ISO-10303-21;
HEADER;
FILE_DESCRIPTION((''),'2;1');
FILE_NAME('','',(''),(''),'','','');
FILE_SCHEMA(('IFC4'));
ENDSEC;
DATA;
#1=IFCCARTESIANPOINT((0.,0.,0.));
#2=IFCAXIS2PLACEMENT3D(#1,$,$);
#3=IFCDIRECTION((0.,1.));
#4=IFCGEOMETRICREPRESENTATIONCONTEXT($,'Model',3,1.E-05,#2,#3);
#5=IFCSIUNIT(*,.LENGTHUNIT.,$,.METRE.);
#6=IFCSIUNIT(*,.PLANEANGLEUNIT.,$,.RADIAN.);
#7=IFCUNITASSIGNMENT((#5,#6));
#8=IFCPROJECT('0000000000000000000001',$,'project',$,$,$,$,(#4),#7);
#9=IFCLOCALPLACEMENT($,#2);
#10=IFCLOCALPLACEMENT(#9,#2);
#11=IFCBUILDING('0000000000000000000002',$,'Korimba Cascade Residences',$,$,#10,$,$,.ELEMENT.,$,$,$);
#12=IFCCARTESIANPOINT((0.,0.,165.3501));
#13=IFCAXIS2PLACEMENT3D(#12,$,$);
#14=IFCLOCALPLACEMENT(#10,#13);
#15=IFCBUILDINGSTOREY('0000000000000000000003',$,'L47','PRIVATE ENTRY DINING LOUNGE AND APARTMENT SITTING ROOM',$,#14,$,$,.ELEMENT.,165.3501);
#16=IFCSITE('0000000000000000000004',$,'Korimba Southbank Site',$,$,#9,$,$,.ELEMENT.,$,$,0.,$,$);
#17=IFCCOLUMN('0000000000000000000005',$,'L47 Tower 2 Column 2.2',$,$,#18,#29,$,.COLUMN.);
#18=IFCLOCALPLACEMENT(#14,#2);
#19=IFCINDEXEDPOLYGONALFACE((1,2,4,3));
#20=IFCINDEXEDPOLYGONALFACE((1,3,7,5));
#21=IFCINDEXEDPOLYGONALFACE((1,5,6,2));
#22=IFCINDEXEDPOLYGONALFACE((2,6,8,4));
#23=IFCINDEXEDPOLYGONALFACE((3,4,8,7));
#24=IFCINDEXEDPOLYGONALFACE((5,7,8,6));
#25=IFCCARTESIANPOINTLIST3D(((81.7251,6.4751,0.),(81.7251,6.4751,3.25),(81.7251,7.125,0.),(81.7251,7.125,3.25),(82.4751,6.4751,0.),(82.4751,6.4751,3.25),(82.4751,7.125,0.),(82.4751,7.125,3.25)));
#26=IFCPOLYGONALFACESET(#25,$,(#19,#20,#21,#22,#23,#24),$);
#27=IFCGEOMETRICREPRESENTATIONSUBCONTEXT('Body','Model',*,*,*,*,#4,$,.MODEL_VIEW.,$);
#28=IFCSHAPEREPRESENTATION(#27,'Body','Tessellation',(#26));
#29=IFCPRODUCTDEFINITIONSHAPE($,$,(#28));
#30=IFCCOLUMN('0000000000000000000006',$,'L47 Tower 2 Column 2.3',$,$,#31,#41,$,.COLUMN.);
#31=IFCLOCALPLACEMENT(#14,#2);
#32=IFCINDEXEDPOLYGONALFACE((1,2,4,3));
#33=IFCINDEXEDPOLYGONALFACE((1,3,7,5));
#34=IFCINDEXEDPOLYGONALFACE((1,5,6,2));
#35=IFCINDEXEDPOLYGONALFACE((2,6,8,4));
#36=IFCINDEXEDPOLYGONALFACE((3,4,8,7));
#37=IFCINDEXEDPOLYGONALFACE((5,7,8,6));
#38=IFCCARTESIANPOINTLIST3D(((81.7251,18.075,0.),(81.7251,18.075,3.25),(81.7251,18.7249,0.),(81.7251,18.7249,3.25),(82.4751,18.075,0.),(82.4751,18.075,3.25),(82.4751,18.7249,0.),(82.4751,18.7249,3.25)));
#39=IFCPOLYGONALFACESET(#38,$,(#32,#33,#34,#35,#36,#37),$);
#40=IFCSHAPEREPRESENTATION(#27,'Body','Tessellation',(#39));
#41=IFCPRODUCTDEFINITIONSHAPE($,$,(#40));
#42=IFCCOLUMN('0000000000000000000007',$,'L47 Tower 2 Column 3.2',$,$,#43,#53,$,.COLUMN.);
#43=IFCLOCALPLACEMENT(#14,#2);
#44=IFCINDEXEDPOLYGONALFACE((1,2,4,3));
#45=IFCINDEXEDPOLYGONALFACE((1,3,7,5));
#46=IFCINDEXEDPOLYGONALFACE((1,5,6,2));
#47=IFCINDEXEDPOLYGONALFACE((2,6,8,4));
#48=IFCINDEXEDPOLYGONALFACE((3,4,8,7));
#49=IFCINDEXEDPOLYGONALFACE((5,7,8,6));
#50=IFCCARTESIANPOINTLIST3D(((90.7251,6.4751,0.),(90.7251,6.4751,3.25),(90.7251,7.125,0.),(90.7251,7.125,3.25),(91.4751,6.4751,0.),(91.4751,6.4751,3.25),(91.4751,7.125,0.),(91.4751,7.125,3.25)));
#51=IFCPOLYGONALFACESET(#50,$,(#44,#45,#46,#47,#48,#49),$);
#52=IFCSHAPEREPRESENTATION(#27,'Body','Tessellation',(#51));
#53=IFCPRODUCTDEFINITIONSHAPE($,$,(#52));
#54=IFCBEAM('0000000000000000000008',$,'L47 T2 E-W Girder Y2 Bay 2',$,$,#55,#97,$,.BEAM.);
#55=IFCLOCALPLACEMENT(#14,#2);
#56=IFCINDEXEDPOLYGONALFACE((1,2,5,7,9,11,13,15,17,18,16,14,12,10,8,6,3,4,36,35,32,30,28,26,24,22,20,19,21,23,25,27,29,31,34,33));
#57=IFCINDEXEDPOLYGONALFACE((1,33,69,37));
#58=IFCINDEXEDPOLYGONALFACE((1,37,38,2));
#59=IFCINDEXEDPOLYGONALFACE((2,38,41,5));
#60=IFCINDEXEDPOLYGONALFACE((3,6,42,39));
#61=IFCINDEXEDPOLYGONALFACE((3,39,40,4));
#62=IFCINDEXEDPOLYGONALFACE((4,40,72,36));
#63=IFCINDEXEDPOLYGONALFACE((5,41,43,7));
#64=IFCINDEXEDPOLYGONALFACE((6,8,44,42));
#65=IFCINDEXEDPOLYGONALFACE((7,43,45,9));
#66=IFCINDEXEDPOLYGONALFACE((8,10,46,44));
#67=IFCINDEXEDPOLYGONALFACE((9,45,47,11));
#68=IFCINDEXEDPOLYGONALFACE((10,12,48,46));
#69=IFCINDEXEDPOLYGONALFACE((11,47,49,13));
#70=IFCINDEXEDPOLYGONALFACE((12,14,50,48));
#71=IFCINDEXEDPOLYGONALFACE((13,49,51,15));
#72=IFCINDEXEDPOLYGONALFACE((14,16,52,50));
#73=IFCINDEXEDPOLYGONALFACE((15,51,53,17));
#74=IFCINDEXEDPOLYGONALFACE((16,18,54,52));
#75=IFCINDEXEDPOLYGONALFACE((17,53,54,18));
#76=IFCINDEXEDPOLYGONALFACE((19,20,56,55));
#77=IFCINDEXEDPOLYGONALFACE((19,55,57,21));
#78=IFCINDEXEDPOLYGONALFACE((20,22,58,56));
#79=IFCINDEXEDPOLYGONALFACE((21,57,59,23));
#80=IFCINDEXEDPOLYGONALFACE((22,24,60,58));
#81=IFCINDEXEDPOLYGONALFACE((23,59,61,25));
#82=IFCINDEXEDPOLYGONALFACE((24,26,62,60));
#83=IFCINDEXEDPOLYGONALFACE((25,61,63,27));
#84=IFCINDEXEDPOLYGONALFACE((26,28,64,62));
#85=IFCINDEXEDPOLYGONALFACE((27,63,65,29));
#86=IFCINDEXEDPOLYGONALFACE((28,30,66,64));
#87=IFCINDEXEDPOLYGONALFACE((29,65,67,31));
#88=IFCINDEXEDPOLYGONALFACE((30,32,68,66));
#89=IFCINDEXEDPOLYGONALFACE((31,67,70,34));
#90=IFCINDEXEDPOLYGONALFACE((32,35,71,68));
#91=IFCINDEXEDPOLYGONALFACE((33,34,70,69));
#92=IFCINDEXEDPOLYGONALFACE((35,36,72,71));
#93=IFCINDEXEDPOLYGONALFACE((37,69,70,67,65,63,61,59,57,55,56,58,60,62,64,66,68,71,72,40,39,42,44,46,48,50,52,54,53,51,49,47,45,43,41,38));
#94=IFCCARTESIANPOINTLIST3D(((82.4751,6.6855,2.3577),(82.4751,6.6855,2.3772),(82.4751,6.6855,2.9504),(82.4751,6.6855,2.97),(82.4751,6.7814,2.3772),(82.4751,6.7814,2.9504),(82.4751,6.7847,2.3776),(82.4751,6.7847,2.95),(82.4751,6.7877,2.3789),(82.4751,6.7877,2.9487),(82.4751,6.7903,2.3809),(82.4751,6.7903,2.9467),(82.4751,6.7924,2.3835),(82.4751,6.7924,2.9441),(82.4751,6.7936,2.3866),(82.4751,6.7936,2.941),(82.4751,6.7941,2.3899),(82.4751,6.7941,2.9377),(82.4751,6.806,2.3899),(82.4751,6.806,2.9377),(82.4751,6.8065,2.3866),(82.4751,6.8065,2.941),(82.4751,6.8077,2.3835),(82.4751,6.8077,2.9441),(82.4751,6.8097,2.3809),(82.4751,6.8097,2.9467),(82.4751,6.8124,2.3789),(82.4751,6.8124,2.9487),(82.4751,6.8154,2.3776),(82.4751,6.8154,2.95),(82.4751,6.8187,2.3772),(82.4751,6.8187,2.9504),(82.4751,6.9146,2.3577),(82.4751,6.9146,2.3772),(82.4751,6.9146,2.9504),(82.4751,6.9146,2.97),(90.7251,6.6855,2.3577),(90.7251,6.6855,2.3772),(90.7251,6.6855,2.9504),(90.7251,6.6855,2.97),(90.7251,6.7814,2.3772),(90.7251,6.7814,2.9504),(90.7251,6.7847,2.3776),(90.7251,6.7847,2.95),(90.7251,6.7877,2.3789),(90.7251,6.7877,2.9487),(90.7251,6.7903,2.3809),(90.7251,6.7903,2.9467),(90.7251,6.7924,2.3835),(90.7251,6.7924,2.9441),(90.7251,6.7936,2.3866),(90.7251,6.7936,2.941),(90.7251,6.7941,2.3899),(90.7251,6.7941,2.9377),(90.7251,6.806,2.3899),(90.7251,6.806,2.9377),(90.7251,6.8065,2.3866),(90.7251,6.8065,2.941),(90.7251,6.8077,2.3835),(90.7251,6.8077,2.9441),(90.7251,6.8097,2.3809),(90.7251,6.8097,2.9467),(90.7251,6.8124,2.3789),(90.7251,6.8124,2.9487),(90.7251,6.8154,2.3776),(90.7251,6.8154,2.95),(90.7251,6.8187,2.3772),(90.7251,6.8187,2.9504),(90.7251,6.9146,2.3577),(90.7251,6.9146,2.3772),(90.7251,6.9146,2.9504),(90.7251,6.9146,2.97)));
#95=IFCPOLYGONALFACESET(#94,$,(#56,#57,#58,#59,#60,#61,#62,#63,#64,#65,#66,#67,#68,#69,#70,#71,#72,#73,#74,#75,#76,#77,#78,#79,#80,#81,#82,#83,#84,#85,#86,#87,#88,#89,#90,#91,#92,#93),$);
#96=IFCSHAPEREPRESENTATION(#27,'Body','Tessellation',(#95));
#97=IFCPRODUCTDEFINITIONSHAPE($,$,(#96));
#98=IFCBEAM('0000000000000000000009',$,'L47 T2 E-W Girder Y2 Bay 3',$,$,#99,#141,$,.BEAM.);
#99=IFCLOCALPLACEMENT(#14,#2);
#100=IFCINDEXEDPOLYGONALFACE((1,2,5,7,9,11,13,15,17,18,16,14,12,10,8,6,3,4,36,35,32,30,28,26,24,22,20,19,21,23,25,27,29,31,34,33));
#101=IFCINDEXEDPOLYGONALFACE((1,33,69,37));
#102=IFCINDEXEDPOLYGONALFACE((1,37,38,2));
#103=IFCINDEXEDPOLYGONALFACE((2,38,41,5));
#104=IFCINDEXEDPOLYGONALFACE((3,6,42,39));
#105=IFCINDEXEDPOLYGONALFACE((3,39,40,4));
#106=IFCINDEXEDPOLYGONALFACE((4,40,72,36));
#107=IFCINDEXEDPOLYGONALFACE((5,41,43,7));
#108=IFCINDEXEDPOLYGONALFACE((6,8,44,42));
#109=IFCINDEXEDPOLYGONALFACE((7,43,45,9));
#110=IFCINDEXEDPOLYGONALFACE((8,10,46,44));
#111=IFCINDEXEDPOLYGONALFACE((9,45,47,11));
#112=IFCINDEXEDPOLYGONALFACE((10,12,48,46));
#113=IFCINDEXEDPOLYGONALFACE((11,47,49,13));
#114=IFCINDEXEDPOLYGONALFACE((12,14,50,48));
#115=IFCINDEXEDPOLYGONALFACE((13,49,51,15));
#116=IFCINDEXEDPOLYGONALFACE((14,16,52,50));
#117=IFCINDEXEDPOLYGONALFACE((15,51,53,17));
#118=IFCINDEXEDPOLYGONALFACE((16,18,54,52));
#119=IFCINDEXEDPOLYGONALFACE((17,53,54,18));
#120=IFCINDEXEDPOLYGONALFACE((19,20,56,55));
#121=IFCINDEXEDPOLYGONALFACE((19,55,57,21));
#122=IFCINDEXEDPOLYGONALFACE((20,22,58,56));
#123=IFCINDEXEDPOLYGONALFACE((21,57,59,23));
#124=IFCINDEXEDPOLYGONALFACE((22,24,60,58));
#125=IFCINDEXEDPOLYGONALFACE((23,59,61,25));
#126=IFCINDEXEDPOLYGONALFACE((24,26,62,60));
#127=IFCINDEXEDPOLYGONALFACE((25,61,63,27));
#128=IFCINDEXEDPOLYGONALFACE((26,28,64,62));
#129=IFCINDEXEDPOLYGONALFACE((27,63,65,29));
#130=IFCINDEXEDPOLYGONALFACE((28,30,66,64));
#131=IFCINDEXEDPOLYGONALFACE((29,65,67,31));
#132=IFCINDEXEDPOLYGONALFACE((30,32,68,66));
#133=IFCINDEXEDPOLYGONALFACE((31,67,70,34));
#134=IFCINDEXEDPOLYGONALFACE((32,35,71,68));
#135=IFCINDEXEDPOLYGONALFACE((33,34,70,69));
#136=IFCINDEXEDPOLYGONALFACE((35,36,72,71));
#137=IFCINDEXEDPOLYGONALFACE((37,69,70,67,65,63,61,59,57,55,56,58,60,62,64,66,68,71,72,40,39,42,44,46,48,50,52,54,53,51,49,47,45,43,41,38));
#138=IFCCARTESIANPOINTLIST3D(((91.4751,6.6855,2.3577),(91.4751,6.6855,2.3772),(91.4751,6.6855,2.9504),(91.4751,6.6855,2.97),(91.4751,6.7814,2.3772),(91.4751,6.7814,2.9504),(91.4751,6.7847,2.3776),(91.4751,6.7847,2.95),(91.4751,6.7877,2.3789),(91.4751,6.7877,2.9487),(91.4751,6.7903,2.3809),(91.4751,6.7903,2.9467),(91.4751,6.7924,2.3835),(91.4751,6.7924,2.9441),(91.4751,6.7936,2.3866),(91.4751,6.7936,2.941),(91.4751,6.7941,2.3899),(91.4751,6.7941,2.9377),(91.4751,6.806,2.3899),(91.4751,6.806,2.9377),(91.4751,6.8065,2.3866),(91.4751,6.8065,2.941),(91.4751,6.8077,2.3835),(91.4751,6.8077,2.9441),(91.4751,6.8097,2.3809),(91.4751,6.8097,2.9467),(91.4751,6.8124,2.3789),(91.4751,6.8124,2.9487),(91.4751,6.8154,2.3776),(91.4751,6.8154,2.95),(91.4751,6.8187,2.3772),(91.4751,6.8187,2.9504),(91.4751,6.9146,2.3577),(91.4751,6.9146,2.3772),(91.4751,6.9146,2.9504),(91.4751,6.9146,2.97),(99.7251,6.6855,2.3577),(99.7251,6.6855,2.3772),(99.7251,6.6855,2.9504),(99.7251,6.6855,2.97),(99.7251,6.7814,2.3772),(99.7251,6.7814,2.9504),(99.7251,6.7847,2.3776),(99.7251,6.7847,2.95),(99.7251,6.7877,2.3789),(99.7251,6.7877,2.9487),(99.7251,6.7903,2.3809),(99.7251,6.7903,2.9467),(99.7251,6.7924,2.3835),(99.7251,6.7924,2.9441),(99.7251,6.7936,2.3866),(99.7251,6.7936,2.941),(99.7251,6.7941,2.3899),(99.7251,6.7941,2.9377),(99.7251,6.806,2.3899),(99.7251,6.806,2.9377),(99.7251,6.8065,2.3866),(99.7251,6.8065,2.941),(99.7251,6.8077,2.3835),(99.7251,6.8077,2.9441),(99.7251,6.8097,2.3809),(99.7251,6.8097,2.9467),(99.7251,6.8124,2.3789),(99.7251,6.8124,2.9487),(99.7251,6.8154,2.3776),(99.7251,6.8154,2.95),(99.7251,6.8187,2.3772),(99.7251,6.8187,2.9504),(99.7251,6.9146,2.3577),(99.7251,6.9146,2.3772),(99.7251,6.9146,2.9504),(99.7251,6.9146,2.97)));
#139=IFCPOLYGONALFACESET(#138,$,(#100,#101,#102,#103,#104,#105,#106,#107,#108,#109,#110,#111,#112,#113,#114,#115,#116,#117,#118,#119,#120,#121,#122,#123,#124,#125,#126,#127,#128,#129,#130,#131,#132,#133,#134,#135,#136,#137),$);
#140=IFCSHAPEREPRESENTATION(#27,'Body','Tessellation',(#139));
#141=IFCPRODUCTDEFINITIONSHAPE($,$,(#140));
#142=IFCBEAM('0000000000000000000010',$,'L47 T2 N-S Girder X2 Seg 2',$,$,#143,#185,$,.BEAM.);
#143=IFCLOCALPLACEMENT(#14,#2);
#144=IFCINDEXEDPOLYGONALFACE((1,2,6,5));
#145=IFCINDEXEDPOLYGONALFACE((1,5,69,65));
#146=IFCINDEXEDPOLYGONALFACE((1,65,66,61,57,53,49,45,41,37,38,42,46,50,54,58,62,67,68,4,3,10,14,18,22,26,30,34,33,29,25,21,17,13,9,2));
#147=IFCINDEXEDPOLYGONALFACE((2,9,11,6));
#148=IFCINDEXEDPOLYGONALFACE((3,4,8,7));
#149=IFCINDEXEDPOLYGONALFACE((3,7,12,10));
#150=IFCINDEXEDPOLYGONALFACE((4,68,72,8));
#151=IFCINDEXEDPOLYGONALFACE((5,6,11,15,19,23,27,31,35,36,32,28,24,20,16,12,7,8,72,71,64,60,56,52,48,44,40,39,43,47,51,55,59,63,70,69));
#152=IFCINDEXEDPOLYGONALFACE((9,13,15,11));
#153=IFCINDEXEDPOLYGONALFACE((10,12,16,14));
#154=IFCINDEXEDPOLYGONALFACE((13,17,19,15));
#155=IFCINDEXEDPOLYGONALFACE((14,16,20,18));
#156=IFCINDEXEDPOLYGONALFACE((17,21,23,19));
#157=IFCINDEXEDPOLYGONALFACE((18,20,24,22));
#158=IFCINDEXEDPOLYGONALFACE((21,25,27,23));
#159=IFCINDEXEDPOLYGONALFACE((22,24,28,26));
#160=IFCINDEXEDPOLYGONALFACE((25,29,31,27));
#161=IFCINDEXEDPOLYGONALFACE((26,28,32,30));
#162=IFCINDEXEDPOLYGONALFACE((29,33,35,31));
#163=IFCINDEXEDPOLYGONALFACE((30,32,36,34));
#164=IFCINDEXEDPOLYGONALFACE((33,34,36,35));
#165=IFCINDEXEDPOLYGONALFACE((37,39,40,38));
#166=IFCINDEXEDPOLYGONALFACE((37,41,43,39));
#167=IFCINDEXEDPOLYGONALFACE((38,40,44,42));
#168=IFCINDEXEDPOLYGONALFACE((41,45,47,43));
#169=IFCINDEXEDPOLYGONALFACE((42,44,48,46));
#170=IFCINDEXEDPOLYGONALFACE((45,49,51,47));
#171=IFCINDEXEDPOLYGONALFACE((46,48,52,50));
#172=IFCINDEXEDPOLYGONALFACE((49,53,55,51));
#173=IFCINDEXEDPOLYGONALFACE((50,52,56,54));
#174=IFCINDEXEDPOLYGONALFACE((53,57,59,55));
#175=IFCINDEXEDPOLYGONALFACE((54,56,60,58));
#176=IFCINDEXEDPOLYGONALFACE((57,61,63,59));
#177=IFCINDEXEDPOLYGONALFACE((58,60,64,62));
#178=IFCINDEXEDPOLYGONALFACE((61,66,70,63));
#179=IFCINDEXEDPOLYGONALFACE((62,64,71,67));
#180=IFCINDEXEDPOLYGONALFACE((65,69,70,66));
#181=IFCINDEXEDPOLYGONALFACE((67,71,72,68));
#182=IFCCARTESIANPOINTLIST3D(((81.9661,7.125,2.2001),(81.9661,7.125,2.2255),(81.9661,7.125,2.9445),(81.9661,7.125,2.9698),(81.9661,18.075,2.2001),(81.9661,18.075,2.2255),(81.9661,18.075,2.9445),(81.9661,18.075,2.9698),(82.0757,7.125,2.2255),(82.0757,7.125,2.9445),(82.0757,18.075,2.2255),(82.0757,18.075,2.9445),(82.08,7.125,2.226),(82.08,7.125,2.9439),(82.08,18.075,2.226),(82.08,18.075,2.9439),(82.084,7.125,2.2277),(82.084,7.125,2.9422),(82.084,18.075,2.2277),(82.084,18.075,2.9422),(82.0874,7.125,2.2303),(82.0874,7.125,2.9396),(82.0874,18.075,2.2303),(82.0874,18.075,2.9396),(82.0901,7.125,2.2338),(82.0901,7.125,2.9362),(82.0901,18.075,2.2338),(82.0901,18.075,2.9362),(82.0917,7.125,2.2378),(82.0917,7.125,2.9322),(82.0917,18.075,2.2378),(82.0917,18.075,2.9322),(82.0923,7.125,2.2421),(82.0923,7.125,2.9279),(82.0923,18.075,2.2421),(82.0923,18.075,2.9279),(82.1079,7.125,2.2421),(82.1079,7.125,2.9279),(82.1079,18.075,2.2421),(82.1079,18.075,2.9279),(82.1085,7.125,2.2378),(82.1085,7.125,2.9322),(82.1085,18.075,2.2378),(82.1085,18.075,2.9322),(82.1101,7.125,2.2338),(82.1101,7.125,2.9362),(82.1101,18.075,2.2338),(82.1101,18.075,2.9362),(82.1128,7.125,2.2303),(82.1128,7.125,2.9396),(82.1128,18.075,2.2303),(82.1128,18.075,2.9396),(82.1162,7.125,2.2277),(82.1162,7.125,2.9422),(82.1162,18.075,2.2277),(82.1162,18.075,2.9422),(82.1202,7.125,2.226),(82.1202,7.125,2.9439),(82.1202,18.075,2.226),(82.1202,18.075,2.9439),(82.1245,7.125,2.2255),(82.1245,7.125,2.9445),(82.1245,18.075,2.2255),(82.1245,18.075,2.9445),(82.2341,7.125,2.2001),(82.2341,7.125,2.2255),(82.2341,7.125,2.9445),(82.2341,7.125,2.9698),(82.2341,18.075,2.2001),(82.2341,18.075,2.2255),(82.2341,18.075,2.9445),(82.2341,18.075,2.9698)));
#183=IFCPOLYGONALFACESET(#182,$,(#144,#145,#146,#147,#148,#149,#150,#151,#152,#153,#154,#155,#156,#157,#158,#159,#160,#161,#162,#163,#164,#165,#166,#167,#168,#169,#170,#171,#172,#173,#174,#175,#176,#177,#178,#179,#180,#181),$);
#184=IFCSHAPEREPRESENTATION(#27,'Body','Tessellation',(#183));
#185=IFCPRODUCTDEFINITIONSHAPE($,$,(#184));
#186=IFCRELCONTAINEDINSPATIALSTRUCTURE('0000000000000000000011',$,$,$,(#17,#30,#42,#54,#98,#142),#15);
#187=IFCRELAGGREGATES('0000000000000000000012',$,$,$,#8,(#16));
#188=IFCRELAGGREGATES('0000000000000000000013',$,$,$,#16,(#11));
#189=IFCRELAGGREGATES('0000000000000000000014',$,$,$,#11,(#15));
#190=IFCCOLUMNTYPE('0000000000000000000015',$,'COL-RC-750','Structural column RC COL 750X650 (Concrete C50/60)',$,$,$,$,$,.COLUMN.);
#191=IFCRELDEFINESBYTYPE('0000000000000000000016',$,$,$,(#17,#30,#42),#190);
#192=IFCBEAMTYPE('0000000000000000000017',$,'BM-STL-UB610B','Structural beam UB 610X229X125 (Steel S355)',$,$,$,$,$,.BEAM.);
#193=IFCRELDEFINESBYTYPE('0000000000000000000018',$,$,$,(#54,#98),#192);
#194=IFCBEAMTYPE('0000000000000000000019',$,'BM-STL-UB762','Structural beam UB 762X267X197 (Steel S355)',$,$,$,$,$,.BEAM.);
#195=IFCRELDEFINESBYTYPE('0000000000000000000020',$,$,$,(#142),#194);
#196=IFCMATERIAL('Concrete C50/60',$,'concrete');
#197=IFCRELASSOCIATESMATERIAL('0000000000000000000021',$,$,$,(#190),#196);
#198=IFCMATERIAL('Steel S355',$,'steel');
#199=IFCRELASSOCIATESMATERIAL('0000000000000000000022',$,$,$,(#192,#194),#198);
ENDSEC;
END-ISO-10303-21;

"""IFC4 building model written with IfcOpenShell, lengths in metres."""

from ifc_helpers import new_model, si_unit, direction, frame, origin, origin_2d, place, context, subcontext, project, spatial, rectangle, i_section, extrude, material, material_profile, profile_set, type_object, element, save


model = new_model("IFC4")

# Units and contexts
model_context = context("Model", 3, precision=1e-05, world=origin(), true_north=direction((0.0, 1.0)))
body_context = subcontext(model_context, "Body", "Model", "MODEL_VIEW")
ifc_project = project(units=[si_unit("LENGTHUNIT", "METRE"), si_unit("PLANEANGLEUNIT", "RADIAN")], contexts=[model_context])

# Site, building, storey
site_placement = place(None, origin())
site = spatial("IfcSite", under=ifc_project, at=site_placement, Name="Korimba Southbank Site", CompositionType="ELEMENT", RefElevation=0.0)
building_placement = place(site_placement, origin())
building = spatial("IfcBuilding", under=site, at=building_placement, Name="Korimba Cascade Residences", CompositionType="ELEMENT")
storey_placement = place(building_placement, frame((0.0, 0.0, 165.3501)))
storey = spatial("IfcBuildingStorey", under=building, at=storey_placement, Name="L47", Description="PRIVATE ENTRY DINING LOUNGE AND APARTMENT SITTING ROOM", CompositionType="ELEMENT", Elevation=165.3501)

# Columns
ifc_material_1 = material(Name="Concrete C50/60", Category="concrete")
ifc_material_profile_1 = material_profile(ifc_material_1, rectangle(XDim=0.75, YDim=0.6499, at=origin_2d()), Name="Concrete C50/60")
ifc_profile_set_1 = profile_set([ifc_material_profile_1], Name="Concrete C50/60")
column_type = type_object("IfcColumnType", Name="COL-RC-750", Description="Structural column RC COL 750X650 (Concrete C50/60)", PredefinedType="COLUMN", material=ifc_profile_set_1)
for number, where, z_axis, x_axis, name in (
    (1, (82.1001, 6.8, 0.0), (0.0, 0.0, 1.0), (1.0, 0.0, 0.0), "L47 Tower 2 Column 2.2"),
    (2, (82.1001, 18.3999, 0.0), (0.0, 0.0, 1.0), (1.0, 0.0, 0.0), "L47 Tower 2 Column 2.3"),
    (3, (91.1001, 6.8, 0.0), (0.0, 0.0, 1.0), (1.0, 0.0, 0.0), "L47 Tower 2 Column 3.2"),
):
    element("IfcColumn", number, at=place(storey_placement, frame(where, z_axis=z_axis, x_axis=x_axis)), inside=storey, type_object=column_type, Name=name, PredefinedType="COLUMN", context=body_context, shape_type="SweptSolid", body=[
        extrude(rectangle(XDim=0.75, YDim=0.6499, at=origin_2d()), origin(), (0.0, 0.0, 1.0), 3.25),
    ])

# Beams
ifc_material_2 = material(Name="Steel S355", Category="steel")
ifc_material_profile_2 = material_profile(ifc_material_2, i_section(OverallWidth=0.229, OverallDepth=0.6123, WebThickness=0.012, FlangeThickness=0.0195, FilletRadius=0.0127, at=origin_2d()), Name="Steel S355")
ifc_profile_set_2 = profile_set([ifc_material_profile_2], Name="Steel S355")
beam_type_1 = type_object("IfcBeamType", Name="BM-STL-UB610B", Description="Structural beam UB 610X229X125 (Steel S355)", PredefinedType="BEAM", material=ifc_profile_set_2)
for number, where, z_axis, x_axis, name in (
    (4, (82.4751, 6.8, 2.6638), (1.0, 0.0, 0.0), (0.0, 1.0, 0.0), "L47 T2 E-W Girder Y2 Bay 2"),
    (5, (91.4751, 6.8, 2.6638), (1.0, 0.0, 0.0), (0.0, 1.0, 0.0), "L47 T2 E-W Girder Y2 Bay 3"),
):
    element("IfcBeam", number, at=place(storey_placement, frame(where, z_axis=z_axis, x_axis=x_axis)), inside=storey, type_object=beam_type_1, Name=name, PredefinedType="BEAM", context=body_context, shape_type="SweptSolid", body=[
        extrude(i_section(OverallWidth=0.229, OverallDepth=0.6123, WebThickness=0.012, FlangeThickness=0.0195, FilletRadius=0.0127, at=origin_2d()), origin(), (0.0, 0.0, 1.0), 8.25),
    ])
ifc_material_profile_3 = material_profile(ifc_material_2, i_section(OverallWidth=0.2681, OverallDepth=0.7698, WebThickness=0.0156, FlangeThickness=0.0254, FilletRadius=0.0166, at=origin_2d()), Name="Steel S355")
ifc_profile_set_3 = profile_set([ifc_material_profile_3], Name="Steel S355")
beam_type_2 = type_object("IfcBeamType", Name="BM-STL-UB762", Description="Structural beam UB 762X267X197 (Steel S355)", PredefinedType="BEAM", material=ifc_profile_set_3)
for number, where, z_axis, x_axis, name in (
    (6, (82.1001, 7.125, 2.585), (0.0, 1.0, 0.0), (-1.0, 0.0, 0.0), "L47 T2 N-S Girder X2 Seg 2"),
):
    element("IfcBeam", number, at=place(storey_placement, frame(where, z_axis=z_axis, x_axis=x_axis)), inside=storey, type_object=beam_type_2, Name=name, PredefinedType="BEAM", context=body_context, shape_type="SweptSolid", body=[
        extrude(i_section(OverallWidth=0.2681, OverallDepth=0.7698, WebThickness=0.0156, FlangeThickness=0.0254, FilletRadius=0.0166, at=origin_2d()), origin(), (0.0, 0.0, 1.0), 10.95),
    ])

save(model, "model.ifc")
